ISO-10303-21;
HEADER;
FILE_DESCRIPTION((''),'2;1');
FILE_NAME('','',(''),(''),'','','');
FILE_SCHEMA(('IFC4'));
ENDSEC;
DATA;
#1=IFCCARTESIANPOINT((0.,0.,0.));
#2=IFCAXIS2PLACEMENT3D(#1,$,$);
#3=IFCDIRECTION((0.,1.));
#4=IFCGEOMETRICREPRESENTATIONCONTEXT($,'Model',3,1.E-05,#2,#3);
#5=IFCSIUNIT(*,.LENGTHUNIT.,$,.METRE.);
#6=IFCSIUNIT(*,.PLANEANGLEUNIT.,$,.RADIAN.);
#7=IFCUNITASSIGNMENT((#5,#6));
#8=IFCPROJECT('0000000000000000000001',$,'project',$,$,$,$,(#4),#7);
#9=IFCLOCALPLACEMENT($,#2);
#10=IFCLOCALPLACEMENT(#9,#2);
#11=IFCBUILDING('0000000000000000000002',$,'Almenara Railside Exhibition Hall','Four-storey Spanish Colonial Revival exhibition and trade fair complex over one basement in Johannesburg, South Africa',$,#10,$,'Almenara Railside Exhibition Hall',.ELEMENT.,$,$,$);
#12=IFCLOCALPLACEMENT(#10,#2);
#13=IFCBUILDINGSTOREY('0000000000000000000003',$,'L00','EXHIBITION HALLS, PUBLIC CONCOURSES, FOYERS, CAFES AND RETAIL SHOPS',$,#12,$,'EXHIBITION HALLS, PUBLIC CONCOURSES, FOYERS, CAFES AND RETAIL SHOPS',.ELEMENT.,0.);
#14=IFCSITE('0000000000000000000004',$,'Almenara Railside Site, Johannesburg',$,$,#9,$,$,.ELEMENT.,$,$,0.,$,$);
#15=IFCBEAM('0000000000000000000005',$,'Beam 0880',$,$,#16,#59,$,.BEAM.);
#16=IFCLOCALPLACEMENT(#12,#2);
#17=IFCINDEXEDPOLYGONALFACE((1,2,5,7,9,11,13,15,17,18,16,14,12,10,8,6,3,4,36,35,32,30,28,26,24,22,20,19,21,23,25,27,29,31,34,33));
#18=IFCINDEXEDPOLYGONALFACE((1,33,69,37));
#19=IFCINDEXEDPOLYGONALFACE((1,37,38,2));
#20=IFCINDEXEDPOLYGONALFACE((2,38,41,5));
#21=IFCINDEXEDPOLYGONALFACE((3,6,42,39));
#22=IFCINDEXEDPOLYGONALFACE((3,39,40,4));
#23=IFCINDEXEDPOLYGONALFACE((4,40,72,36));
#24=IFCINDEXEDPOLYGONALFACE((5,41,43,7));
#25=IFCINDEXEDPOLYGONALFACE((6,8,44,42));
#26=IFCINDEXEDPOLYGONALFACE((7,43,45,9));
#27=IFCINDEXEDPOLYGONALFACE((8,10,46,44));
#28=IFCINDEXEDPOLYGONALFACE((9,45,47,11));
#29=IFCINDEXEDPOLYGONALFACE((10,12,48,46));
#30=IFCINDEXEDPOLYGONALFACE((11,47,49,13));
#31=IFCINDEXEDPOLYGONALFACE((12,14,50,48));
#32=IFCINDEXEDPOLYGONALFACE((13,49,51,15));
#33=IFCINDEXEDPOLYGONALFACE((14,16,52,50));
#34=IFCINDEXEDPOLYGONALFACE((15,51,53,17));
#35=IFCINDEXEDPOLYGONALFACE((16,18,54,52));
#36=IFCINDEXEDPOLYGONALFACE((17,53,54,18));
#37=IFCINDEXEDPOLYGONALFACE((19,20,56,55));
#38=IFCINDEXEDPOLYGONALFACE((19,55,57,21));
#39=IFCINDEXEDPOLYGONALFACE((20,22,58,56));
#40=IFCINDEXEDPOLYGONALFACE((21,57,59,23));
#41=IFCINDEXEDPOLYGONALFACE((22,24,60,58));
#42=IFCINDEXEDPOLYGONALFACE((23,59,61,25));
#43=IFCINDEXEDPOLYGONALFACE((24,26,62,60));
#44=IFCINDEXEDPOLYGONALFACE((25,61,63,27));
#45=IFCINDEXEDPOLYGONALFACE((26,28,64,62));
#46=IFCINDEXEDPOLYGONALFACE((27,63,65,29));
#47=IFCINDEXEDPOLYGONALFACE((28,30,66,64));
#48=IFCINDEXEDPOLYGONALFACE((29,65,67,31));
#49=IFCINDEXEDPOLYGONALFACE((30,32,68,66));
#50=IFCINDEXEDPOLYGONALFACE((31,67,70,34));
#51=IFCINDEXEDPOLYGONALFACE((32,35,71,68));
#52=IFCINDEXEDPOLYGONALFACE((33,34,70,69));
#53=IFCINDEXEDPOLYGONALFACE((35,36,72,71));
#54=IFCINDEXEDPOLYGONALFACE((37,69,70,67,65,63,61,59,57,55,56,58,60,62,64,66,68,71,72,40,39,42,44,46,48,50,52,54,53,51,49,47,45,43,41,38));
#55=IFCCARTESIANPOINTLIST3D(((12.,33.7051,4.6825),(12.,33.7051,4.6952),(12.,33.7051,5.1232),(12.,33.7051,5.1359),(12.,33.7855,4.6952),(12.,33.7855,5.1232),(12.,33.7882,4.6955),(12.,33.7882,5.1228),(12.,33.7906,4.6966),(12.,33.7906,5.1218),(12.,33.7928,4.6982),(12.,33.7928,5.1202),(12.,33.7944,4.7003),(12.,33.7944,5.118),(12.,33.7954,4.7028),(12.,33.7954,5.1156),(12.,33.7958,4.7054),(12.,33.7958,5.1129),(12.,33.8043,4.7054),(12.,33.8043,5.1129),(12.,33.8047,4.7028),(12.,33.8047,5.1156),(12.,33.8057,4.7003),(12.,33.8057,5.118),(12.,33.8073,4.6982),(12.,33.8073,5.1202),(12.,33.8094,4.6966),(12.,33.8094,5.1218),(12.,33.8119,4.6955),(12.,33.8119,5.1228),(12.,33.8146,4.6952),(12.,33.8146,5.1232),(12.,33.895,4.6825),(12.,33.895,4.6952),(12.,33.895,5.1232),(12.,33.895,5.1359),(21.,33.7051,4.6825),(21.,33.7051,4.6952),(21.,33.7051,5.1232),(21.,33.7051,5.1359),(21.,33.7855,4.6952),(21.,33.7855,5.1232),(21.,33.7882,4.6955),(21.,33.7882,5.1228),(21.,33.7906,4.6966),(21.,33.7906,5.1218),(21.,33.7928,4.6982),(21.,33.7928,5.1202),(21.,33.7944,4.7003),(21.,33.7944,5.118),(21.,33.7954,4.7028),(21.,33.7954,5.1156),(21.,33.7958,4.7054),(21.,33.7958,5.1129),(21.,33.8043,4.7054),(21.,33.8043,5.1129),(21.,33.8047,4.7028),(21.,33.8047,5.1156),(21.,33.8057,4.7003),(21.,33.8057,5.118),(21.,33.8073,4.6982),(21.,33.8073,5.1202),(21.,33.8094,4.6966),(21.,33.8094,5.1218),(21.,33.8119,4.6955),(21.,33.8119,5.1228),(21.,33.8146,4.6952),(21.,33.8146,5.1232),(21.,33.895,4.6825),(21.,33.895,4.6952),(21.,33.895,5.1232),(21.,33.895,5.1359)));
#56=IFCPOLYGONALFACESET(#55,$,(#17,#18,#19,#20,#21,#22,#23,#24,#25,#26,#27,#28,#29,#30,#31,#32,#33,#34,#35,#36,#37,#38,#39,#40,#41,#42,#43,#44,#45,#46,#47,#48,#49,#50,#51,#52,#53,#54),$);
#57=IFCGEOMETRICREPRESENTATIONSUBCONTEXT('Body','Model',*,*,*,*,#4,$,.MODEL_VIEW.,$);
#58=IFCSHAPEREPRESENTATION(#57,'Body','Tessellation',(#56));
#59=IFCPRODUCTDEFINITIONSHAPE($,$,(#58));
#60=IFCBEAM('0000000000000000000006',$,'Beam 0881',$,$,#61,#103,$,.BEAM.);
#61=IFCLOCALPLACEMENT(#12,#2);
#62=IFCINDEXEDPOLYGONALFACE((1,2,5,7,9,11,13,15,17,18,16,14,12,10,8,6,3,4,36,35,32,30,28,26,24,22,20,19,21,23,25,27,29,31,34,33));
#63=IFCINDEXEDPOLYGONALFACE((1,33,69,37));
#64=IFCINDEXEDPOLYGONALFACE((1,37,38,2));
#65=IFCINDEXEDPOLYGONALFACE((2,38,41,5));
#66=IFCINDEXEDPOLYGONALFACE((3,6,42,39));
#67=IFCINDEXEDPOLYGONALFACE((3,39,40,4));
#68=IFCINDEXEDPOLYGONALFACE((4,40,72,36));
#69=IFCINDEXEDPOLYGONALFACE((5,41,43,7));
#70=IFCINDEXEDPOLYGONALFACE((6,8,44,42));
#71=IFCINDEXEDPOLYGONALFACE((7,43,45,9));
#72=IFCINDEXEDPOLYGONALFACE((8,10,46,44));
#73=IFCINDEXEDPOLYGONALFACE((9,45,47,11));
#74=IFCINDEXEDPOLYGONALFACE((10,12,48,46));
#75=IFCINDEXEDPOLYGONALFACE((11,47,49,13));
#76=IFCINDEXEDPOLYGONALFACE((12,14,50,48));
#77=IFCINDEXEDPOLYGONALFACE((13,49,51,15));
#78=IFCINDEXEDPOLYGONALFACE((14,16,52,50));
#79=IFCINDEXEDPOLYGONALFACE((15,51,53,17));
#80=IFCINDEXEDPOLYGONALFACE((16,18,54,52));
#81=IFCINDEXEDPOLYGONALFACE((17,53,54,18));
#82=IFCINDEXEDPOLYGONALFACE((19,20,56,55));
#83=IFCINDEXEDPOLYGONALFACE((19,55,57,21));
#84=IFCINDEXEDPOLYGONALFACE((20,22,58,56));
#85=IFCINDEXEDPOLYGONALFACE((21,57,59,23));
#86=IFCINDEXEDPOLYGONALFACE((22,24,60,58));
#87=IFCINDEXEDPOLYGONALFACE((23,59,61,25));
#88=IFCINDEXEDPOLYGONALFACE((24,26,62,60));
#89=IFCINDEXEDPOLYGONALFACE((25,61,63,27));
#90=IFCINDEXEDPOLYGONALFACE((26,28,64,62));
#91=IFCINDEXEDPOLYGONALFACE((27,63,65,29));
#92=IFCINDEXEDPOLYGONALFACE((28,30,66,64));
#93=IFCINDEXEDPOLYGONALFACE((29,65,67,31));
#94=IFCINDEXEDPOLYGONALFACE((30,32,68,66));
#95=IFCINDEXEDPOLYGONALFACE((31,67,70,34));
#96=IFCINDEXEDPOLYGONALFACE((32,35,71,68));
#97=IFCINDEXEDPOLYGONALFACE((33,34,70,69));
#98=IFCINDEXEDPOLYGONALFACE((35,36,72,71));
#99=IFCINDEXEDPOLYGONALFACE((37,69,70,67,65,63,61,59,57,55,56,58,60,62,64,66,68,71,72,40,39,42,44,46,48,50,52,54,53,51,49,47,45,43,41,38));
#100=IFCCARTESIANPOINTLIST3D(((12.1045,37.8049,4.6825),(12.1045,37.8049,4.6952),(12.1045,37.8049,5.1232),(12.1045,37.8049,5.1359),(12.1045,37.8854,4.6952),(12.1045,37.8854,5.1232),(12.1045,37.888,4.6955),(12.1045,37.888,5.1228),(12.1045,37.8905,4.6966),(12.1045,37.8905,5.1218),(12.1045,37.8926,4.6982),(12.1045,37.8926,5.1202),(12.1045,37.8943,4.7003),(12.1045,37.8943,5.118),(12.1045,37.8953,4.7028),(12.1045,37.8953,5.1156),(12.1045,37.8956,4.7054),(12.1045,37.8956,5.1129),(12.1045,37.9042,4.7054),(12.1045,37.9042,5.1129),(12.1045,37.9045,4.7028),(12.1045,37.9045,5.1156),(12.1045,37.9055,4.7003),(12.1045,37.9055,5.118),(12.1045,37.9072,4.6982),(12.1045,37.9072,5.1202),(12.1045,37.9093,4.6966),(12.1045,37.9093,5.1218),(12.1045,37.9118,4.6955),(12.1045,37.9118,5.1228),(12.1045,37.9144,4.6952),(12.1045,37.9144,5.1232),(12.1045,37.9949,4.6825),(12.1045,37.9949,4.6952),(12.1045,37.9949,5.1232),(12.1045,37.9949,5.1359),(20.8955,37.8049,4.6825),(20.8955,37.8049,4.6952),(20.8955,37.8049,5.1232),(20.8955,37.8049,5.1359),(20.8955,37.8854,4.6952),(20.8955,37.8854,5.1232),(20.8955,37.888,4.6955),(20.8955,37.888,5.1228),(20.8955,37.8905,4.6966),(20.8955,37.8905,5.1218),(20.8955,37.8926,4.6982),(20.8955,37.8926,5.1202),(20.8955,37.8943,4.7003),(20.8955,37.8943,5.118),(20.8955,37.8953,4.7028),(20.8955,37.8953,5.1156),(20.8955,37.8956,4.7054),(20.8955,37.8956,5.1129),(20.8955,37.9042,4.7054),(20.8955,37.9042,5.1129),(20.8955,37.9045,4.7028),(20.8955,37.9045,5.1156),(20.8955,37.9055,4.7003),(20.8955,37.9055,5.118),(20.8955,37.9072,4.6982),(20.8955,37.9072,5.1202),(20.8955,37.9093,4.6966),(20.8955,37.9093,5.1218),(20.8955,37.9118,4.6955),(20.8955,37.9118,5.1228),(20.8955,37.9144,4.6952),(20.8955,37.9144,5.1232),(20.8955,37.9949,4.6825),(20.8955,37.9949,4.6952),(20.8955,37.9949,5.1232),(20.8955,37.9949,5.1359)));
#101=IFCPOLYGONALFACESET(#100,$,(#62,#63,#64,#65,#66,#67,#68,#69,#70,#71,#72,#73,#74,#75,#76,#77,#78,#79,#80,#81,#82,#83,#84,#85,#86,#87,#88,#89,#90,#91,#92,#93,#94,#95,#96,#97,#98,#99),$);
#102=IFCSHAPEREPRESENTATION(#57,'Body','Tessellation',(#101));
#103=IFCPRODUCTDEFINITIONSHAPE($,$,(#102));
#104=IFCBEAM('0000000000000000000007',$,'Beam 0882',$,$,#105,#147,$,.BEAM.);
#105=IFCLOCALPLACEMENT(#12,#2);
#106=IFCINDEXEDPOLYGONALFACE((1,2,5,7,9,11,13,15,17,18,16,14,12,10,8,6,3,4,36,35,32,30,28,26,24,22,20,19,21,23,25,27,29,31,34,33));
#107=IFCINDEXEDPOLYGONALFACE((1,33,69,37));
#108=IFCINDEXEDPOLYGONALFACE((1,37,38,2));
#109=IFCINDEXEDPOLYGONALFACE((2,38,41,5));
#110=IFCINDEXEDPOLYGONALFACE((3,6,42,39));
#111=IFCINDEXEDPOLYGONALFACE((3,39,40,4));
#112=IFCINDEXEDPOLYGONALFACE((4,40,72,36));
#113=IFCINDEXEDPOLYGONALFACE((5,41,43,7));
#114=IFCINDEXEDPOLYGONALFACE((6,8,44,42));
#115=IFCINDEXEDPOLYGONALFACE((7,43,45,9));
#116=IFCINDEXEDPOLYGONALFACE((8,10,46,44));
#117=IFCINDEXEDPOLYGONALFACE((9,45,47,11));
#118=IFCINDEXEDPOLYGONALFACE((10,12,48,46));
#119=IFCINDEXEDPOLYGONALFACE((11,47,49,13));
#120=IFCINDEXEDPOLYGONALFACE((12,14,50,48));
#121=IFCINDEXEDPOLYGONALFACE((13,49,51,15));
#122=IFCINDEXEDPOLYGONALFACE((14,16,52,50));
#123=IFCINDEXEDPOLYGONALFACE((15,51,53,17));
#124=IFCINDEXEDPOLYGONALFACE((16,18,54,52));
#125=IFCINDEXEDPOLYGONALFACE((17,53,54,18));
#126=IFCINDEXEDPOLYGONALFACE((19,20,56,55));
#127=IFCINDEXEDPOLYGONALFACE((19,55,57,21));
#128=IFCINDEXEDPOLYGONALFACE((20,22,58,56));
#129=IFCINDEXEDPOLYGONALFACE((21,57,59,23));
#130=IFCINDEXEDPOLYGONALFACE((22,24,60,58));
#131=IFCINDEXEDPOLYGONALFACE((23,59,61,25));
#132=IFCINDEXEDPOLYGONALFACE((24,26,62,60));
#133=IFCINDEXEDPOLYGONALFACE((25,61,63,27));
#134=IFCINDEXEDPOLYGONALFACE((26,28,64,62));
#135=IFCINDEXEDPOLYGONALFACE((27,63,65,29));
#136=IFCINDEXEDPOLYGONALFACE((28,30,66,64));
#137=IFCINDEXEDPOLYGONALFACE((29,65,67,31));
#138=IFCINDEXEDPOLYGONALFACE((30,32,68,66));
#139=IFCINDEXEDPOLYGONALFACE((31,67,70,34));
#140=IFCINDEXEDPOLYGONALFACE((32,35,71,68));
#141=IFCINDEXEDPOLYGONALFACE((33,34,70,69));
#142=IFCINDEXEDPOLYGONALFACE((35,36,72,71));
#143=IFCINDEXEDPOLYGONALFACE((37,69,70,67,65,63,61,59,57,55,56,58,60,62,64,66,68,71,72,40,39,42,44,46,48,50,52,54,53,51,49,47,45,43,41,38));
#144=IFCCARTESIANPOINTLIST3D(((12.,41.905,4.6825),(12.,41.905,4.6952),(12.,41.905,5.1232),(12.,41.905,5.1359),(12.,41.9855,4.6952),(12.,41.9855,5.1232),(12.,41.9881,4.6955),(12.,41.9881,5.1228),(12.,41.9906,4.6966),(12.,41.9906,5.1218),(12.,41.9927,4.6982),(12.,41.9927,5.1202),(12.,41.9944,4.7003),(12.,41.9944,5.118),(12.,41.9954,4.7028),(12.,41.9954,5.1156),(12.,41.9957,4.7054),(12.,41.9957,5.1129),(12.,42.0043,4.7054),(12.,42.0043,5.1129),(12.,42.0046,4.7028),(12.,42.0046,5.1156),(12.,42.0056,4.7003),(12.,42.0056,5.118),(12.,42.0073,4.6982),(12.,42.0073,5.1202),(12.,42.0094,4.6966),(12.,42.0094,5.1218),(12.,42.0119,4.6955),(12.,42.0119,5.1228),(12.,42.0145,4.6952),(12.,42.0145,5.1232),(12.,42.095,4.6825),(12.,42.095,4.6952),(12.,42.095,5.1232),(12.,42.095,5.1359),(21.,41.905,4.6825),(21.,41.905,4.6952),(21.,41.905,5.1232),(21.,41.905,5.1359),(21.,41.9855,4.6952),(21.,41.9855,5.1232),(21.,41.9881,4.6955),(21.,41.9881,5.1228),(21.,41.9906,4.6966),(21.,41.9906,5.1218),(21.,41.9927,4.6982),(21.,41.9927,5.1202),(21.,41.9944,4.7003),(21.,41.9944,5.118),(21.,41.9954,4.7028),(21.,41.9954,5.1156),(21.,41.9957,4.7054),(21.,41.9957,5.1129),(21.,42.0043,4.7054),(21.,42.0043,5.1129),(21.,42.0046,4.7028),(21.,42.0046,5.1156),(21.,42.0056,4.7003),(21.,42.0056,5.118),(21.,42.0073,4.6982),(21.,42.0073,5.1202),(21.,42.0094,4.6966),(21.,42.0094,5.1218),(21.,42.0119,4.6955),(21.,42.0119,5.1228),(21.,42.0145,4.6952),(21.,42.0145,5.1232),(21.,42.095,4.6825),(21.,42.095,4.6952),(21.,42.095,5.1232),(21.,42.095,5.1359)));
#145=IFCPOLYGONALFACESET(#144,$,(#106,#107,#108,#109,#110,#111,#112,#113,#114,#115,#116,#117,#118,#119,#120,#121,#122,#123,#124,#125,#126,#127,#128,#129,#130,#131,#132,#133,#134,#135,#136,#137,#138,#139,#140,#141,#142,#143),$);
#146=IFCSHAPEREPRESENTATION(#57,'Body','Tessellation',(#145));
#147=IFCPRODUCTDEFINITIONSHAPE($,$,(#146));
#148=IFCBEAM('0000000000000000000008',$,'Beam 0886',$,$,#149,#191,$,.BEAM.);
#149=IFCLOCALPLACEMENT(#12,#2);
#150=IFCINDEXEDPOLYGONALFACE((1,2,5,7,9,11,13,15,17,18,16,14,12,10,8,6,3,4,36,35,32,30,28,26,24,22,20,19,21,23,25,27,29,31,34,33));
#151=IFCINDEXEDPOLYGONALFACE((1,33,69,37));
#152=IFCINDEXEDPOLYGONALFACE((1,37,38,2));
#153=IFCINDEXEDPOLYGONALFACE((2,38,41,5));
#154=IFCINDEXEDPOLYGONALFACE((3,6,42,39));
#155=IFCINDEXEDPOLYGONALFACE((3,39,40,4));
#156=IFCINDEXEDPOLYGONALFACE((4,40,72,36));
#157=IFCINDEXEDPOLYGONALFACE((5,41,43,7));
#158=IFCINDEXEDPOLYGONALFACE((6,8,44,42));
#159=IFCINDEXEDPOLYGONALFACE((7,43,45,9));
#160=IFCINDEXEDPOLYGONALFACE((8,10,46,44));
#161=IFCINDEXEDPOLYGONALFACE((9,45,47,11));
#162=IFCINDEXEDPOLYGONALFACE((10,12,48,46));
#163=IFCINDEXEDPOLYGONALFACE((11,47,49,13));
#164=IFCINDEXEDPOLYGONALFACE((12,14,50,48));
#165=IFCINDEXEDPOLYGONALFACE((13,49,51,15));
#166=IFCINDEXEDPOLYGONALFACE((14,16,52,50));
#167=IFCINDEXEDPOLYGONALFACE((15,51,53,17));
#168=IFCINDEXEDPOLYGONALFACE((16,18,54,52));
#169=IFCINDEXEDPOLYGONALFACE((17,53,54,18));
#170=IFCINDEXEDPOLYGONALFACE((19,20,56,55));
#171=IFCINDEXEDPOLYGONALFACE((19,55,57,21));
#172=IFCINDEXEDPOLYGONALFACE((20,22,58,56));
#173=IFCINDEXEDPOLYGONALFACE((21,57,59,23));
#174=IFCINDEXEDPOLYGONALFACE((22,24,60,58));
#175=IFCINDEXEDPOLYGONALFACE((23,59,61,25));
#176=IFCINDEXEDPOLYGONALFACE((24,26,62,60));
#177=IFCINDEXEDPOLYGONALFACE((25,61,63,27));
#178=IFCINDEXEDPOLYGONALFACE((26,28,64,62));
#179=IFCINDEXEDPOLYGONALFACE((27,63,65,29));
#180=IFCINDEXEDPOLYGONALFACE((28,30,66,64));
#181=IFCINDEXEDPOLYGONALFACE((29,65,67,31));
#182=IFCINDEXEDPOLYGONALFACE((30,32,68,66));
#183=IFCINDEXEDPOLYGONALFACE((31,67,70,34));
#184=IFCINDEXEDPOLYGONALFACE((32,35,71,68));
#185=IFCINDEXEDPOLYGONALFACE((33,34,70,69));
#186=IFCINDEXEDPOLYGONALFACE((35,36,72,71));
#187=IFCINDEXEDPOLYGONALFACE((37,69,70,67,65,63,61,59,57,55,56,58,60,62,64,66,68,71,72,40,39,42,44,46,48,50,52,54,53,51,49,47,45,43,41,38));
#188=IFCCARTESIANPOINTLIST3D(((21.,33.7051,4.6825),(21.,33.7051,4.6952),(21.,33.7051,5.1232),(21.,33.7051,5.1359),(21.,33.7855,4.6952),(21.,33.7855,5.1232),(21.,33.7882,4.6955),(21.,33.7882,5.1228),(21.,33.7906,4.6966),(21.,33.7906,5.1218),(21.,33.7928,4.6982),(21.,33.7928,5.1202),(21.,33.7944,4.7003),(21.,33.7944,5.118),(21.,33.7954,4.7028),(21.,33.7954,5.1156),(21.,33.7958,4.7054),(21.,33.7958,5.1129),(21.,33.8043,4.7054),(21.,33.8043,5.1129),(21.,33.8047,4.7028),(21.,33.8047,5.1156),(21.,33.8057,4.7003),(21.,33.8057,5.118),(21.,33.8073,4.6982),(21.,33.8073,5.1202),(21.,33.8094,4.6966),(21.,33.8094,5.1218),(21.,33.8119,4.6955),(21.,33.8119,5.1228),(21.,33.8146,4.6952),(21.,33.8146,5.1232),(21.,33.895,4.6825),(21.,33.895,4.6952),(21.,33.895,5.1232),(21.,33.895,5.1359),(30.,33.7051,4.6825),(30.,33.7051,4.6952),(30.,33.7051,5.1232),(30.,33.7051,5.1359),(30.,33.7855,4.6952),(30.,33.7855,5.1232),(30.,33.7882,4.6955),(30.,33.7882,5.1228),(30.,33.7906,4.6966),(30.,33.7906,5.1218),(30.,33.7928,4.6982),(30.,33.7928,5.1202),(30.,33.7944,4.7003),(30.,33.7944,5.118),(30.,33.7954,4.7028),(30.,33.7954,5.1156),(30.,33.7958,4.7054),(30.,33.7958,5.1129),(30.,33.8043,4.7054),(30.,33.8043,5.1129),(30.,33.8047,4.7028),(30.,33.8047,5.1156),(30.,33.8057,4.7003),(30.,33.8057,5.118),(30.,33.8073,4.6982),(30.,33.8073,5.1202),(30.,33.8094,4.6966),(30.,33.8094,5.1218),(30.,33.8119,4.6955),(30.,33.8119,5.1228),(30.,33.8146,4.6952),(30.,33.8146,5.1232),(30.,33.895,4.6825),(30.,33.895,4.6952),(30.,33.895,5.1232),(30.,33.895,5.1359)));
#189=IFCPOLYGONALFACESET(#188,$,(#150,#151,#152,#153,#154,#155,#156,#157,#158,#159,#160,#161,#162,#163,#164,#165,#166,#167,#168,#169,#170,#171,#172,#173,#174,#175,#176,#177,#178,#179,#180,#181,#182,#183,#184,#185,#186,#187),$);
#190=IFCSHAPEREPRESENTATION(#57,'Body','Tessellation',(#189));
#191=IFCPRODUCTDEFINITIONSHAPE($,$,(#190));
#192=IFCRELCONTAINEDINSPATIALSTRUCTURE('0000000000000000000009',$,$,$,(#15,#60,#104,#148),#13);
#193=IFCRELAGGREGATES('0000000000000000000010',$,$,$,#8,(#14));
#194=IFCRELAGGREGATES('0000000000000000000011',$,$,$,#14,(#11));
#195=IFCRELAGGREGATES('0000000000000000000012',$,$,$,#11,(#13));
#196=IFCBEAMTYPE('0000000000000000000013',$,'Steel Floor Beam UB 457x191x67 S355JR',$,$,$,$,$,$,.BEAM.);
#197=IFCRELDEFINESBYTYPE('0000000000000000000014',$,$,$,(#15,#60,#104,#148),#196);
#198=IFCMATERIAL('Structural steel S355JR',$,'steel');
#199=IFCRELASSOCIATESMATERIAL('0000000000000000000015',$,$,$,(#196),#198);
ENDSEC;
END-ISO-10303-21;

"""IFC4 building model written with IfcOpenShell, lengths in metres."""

from ifc_helpers import new_model, si_unit, direction, frame, origin, origin_2d, place, context, subcontext, project, spatial, i_section, extrude, material, material_profile, profile_set, type_object, element, save


model = new_model("IFC4")

# Units and contexts
model_context = context("Model", 3, precision=1e-05, world=origin(), true_north=direction((0.0, 1.0)))
body_context = subcontext(model_context, "Body", "Model", "MODEL_VIEW")
ifc_project = project(units=[si_unit("LENGTHUNIT", "METRE"), si_unit("PLANEANGLEUNIT", "RADIAN")], contexts=[model_context])

# Site, building, storey
site_placement = place(None, origin())
site = spatial("IfcSite", under=ifc_project, at=site_placement, Name="Almenara Railside Site, Johannesburg", CompositionType="ELEMENT", RefElevation=0.0)
building_placement = place(site_placement, origin())
building = spatial("IfcBuilding", under=site, at=building_placement, Name="Almenara Railside Exhibition Hall", Description="Four-storey Spanish Colonial Revival exhibition and trade fair complex over one basement in Johannesburg, South Africa", LongName="Almenara Railside Exhibition Hall", CompositionType="ELEMENT")
storey_placement = place(building_placement, origin())
storey = spatial("IfcBuildingStorey", under=building, at=storey_placement, Name="L00", Description="EXHIBITION HALLS, PUBLIC CONCOURSES, FOYERS, CAFES AND RETAIL SHOPS", LongName="EXHIBITION HALLS, PUBLIC CONCOURSES, FOYERS, CAFES AND RETAIL SHOPS", CompositionType="ELEMENT", Elevation=0.0)

# Beams
ifc_material_1 = material(Name="Structural steel S355JR", Category="steel")
ifc_material_profile_1 = material_profile(ifc_material_1, i_section(OverallWidth=0.1899, OverallDepth=0.4534, WebThickness=0.0085, FlangeThickness=0.0127, FilletRadius=0.0103, at=origin_2d()), Name="UB 457x191x67")
ifc_profile_set_1 = profile_set([ifc_material_profile_1], Name="Structural steel S355JR")
beam_type_1 = type_object("IfcBeamType", Name="Steel Floor Beam UB 457x191x67 S355JR", PredefinedType="BEAM", material=ifc_profile_set_1)
beam_1_placement = place(storey_placement, frame((12.0, 33.8, 4.9092), z_axis=(1.0, 0.0, 0.0), x_axis=(0.0, 1.0, 0.0)))
element("IfcBeam", 1, at=beam_1_placement, inside=storey, type_object=beam_type_1, Name="Beam 0880", PredefinedType="BEAM", context=body_context, shape_type="SweptSolid", body=[
    extrude(i_section(OverallWidth=0.1899, OverallDepth=0.4534, WebThickness=0.0085, FlangeThickness=0.0127, FilletRadius=0.0103, at=origin_2d()), origin(), (0.0, 0.0, 1.0), 9.0),
])
beam_2_placement = place(storey_placement, frame((12.1045, 37.8999, 4.9092), z_axis=(1.0, 0.0, 0.0), x_axis=(0.0, 1.0, 0.0)))
element("IfcBeam", 2, at=beam_2_placement, inside=storey, type_object=beam_type_1, Name="Beam 0881", PredefinedType="BEAM", context=body_context, shape_type="SweptSolid", body=[
    extrude(i_section(OverallWidth=0.1899, OverallDepth=0.4534, WebThickness=0.0085, FlangeThickness=0.0127, FilletRadius=0.0103, at=origin_2d()), origin(), (0.0, 0.0, 1.0), 8.791),
])
for number, where, z_axis, x_axis, name in (
    (3, (12.0, 42.0, 4.9092), (1.0, 0.0, 0.0), (0.0, 1.0, 0.0), "Beam 0882"),
    (4, (21.0, 33.8, 4.9092), (1.0, 0.0, 0.0), (0.0, 1.0, 0.0), "Beam 0886"),
):
    element("IfcBeam", number, at=place(storey_placement, frame(where, z_axis=z_axis, x_axis=x_axis)), inside=storey, type_object=beam_type_1, Name=name, PredefinedType="BEAM", context=body_context, shape_type="SweptSolid", body=[
        extrude(i_section(OverallWidth=0.1899, OverallDepth=0.4534, WebThickness=0.0085, FlangeThickness=0.0127, FilletRadius=0.0103, at=origin_2d()), origin(), (0.0, 0.0, 1.0), 9.0),
    ])

save(model, "model.ifc")
